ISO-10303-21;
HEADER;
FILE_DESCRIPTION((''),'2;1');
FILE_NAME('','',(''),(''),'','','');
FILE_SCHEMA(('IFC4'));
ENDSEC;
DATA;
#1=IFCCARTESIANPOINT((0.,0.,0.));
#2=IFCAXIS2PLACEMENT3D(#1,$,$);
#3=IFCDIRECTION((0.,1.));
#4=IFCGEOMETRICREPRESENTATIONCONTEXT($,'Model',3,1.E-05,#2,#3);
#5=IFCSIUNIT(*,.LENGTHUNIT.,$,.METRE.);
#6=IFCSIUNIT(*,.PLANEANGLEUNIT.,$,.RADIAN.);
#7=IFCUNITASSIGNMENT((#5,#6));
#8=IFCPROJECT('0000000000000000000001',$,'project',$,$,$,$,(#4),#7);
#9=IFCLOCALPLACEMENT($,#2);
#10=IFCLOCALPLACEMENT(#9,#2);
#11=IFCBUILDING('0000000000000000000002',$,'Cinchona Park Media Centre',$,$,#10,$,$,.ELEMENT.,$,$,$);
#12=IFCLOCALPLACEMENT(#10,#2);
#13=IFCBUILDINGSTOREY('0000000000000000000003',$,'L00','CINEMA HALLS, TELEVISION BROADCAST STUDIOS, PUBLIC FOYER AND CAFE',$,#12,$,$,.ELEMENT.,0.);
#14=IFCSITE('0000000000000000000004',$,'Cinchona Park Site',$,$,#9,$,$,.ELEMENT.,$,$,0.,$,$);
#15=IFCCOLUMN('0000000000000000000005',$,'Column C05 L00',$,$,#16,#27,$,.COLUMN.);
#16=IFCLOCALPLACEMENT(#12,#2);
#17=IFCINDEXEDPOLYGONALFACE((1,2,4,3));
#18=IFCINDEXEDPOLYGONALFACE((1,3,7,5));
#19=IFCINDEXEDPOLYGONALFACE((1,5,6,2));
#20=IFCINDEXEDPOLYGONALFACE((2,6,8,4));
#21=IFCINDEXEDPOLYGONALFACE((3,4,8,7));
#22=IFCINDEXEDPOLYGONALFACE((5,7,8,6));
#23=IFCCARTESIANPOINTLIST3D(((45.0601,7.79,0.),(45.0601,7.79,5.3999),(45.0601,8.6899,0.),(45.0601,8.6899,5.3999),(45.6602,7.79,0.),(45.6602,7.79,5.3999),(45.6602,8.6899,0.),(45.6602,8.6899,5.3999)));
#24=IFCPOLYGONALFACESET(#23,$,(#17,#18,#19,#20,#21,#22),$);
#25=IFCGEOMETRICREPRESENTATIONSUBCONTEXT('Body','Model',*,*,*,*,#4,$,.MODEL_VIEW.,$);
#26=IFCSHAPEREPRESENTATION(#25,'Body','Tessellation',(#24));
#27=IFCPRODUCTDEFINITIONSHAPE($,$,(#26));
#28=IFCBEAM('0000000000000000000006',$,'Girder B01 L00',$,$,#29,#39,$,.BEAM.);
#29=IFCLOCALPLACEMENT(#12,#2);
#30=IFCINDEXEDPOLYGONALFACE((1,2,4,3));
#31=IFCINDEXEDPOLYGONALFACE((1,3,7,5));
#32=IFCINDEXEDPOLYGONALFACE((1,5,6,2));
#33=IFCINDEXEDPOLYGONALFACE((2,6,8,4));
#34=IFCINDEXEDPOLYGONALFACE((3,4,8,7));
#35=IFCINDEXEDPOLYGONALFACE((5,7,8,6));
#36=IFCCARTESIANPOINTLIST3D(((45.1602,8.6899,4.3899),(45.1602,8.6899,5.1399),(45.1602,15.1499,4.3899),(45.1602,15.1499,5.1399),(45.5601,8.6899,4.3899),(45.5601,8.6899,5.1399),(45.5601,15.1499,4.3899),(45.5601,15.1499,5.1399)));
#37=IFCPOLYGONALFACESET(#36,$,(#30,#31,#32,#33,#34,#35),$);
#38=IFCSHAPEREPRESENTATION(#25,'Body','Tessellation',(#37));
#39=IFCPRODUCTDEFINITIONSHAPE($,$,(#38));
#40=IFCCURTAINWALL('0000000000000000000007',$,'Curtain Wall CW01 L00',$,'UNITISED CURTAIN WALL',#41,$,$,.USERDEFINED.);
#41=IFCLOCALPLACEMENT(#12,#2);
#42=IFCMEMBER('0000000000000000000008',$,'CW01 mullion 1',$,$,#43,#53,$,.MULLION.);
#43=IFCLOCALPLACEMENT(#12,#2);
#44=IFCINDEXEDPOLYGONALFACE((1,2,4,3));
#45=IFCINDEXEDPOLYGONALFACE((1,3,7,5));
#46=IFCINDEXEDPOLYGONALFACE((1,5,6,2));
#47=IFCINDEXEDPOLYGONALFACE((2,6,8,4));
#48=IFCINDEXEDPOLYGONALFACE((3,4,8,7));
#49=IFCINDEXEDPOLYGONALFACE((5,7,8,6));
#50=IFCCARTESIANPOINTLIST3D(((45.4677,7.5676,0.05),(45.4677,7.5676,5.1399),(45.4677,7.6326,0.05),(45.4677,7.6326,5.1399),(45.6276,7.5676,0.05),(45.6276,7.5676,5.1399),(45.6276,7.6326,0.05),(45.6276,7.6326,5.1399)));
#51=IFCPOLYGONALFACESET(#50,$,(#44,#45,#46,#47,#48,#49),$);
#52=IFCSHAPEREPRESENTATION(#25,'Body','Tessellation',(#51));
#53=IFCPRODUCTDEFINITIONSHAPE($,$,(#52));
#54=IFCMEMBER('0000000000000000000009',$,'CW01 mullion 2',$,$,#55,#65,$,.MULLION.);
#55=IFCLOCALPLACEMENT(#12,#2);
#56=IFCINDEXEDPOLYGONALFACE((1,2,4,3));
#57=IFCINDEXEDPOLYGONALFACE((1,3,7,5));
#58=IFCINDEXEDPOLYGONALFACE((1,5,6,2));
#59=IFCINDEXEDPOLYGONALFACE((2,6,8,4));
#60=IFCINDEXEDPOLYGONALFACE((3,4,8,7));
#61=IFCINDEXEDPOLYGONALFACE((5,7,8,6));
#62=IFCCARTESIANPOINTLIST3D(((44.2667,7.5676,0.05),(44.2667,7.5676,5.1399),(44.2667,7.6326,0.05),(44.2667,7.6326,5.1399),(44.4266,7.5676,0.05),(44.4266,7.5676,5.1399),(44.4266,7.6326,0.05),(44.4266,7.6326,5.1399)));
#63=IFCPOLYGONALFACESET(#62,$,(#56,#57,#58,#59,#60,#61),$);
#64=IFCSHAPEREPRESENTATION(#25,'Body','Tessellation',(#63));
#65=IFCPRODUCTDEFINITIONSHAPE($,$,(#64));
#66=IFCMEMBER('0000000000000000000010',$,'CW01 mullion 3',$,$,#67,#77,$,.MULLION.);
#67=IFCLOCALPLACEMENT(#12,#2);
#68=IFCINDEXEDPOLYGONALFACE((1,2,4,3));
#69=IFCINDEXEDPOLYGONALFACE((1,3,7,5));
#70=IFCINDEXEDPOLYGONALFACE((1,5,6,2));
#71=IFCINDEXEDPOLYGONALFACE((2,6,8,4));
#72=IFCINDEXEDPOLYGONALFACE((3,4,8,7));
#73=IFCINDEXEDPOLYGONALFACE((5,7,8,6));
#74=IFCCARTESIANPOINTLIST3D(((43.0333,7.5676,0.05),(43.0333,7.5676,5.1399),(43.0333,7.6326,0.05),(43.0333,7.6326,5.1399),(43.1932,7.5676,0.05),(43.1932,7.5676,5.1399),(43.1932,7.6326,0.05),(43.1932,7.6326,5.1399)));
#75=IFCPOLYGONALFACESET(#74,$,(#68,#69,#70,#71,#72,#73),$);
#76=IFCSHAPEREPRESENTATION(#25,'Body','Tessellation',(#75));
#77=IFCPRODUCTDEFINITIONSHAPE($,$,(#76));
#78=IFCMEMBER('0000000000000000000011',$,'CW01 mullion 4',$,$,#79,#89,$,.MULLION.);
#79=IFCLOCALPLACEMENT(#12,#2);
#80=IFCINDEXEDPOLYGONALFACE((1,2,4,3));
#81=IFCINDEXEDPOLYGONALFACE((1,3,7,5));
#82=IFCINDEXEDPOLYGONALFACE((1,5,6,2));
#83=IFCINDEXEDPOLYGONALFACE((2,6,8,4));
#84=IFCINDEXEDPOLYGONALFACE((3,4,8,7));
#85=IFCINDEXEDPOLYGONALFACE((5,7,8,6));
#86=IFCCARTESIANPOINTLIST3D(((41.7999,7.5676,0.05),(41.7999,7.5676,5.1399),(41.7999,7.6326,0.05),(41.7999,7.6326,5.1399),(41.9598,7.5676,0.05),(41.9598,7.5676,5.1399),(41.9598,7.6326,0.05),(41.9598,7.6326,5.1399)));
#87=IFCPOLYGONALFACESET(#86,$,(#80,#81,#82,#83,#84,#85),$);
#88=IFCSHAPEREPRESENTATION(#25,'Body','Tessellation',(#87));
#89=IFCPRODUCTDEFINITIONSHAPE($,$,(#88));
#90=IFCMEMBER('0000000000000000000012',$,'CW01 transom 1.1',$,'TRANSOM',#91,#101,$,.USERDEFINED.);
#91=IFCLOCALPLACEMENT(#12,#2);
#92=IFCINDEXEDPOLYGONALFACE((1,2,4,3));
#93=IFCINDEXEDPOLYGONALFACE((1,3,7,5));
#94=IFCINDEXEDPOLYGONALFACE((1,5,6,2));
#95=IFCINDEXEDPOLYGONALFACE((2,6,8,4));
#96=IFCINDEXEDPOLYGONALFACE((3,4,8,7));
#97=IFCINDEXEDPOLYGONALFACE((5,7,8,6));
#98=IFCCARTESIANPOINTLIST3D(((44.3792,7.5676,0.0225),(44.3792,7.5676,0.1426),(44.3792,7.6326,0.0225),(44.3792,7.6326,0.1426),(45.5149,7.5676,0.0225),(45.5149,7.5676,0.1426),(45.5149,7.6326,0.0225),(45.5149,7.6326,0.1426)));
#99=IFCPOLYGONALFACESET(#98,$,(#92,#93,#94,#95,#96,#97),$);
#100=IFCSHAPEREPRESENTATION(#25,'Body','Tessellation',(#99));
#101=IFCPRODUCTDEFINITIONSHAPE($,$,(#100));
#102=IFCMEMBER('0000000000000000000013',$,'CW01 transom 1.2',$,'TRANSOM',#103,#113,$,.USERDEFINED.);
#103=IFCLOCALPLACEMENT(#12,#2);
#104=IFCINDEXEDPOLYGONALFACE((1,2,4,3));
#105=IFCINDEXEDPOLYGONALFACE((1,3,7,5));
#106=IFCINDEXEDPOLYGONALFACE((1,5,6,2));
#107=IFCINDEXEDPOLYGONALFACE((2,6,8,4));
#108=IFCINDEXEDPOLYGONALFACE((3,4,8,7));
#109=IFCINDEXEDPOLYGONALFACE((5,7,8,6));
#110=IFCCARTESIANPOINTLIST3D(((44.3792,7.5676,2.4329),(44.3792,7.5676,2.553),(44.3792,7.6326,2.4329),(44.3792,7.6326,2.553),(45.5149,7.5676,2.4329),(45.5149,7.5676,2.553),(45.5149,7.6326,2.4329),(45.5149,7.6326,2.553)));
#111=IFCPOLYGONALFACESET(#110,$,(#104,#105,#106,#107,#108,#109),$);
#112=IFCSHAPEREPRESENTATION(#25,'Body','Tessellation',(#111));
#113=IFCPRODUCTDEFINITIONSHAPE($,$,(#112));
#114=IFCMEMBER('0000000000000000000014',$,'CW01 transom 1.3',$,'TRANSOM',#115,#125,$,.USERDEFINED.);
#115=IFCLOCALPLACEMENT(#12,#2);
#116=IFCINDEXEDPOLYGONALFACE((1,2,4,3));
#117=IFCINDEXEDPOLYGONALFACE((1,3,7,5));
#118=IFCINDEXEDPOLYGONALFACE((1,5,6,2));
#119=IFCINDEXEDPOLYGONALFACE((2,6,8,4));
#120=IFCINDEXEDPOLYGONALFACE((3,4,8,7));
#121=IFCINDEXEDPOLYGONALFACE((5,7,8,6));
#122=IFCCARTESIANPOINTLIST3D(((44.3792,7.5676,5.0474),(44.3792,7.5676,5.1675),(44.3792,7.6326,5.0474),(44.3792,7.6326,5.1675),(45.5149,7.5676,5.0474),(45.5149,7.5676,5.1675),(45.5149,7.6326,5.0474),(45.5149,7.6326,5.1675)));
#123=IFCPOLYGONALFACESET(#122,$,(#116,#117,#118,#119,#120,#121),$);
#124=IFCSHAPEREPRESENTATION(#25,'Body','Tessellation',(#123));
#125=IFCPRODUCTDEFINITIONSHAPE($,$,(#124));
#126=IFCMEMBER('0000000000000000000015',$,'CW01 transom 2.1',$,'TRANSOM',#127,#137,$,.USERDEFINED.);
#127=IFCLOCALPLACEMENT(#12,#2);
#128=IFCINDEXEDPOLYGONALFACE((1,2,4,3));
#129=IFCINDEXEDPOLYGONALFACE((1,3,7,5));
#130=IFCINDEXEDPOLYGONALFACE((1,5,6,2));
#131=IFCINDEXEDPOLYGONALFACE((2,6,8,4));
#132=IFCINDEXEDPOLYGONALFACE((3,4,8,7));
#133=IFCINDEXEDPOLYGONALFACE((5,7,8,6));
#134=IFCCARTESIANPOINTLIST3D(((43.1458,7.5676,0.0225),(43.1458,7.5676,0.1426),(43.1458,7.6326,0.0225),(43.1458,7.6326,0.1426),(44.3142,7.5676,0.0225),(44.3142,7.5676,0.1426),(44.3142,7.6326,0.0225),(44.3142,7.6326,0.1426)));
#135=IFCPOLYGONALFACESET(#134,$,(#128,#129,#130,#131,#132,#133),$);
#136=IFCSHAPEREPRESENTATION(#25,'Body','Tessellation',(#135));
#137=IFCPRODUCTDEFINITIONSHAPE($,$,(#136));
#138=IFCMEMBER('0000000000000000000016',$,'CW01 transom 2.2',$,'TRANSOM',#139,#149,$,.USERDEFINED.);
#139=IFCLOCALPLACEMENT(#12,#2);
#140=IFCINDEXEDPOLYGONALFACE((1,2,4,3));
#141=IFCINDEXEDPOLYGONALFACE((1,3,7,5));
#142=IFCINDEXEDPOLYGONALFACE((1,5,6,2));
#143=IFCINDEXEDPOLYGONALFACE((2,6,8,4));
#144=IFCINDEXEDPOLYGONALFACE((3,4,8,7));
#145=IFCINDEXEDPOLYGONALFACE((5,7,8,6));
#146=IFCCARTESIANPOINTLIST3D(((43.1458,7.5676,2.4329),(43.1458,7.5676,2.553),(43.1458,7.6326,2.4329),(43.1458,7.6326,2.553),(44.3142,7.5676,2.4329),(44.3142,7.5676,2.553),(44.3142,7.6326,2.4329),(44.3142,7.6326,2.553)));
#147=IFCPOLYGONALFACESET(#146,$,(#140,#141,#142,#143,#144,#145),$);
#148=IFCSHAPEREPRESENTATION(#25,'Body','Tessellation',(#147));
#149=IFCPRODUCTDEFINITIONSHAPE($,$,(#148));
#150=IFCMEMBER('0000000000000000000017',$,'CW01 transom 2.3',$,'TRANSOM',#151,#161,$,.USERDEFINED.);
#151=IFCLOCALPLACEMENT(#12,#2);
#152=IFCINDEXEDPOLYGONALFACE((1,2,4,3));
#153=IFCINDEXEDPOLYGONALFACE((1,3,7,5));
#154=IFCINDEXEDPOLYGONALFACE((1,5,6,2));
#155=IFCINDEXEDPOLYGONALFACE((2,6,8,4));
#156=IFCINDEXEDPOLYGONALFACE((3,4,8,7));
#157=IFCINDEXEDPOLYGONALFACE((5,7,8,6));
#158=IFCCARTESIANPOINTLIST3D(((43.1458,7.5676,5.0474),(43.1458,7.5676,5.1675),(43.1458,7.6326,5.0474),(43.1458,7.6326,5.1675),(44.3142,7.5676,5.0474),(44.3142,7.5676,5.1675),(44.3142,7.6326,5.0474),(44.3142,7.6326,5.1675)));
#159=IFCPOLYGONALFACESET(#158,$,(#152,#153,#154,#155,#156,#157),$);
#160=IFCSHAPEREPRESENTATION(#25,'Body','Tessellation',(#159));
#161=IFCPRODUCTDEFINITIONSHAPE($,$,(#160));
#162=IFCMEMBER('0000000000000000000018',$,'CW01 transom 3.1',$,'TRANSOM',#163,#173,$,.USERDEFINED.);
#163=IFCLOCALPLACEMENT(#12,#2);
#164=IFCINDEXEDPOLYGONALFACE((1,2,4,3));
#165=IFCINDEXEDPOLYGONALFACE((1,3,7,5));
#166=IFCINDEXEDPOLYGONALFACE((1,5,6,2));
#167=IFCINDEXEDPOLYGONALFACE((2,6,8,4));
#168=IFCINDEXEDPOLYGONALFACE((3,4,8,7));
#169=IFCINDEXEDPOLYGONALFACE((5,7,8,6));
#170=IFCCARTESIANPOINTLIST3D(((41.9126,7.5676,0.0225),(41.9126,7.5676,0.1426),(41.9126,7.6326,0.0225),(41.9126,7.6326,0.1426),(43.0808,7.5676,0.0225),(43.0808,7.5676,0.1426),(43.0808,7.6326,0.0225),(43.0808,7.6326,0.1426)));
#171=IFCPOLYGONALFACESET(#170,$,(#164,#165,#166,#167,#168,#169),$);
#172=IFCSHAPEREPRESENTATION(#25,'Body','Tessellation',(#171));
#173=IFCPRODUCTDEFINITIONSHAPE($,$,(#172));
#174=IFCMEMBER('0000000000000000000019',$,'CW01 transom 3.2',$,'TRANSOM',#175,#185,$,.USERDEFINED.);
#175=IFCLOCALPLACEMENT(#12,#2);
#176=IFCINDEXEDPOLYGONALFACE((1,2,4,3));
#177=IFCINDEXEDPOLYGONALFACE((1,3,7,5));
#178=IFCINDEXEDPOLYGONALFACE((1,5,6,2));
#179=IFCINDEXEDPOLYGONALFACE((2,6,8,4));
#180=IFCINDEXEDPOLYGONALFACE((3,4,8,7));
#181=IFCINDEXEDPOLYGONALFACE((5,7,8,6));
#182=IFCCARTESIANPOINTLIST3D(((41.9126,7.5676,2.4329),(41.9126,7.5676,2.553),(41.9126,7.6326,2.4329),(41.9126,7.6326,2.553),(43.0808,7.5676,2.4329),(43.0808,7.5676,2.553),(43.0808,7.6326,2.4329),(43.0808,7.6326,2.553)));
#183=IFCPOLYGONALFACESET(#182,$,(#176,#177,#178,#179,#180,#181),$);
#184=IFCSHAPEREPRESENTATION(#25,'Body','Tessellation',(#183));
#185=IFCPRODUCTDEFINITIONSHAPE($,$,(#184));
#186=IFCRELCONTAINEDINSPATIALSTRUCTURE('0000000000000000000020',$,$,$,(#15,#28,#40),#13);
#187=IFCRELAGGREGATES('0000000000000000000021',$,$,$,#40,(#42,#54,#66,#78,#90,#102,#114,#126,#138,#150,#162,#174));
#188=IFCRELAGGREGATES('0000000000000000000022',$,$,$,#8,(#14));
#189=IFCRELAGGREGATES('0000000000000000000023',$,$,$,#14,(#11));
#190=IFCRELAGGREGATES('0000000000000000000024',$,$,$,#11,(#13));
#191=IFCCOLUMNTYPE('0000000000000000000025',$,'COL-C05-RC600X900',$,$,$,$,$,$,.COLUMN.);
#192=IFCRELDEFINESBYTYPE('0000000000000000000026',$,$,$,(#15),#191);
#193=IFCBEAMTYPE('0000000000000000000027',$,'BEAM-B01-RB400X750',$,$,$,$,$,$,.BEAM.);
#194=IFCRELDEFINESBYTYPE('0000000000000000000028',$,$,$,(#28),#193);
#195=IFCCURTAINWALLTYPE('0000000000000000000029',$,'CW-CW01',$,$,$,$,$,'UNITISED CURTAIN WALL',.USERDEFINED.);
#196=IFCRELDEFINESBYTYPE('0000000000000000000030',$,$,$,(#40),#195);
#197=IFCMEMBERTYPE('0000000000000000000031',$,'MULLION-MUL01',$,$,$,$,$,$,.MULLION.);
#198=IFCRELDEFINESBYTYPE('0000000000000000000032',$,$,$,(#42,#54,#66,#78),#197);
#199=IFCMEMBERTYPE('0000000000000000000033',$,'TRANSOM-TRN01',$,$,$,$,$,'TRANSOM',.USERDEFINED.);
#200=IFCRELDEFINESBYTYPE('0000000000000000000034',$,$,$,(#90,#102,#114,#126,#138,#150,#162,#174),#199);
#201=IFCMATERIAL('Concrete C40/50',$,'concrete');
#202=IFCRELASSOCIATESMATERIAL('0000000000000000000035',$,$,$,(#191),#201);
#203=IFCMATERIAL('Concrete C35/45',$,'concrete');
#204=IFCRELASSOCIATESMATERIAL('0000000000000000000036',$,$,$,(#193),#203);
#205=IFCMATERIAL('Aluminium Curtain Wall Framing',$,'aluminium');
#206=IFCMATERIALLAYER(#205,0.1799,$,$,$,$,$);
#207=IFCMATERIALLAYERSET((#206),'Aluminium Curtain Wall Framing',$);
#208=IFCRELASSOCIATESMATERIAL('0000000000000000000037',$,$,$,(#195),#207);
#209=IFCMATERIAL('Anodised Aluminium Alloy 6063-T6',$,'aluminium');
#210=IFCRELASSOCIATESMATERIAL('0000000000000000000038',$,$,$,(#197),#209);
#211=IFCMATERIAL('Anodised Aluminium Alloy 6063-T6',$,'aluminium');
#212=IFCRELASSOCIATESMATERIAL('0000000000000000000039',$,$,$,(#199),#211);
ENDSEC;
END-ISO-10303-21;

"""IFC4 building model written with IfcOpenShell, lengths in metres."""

from ifc_helpers import new_model, si_unit, direction, frame, origin, origin_2d, place, context, subcontext, project, spatial, rectangle, extrude, material, layer, layer_set, material_profile, profile_set, type_object, element, aggregate, save


model = new_model("IFC4")

# Units and contexts
model_context = context("Model", 3, precision=1e-05, world=origin(), true_north=direction((0.0, 1.0)))
body_context = subcontext(model_context, "Body", "Model", "MODEL_VIEW")
ifc_project = project(units=[si_unit("LENGTHUNIT", "METRE"), si_unit("PLANEANGLEUNIT", "RADIAN")], contexts=[model_context])

# Site, building, storey
site_placement = place(None, origin())
site = spatial("IfcSite", under=ifc_project, at=site_placement, Name="Cinchona Park Site", CompositionType="ELEMENT", RefElevation=0.0)
building_placement = place(site_placement, origin())
building = spatial("IfcBuilding", under=site, at=building_placement, Name="Cinchona Park Media Centre", CompositionType="ELEMENT")
storey_placement = place(building_placement, origin())
storey = spatial("IfcBuildingStorey", under=building, at=storey_placement, Name="L00", Description="CINEMA HALLS, TELEVISION BROADCAST STUDIOS, PUBLIC FOYER AND CAFE", CompositionType="ELEMENT", Elevation=0.0)

# Column
ifc_material_1 = material(Name="Concrete C40/50", Category="concrete")
ifc_material_profile_1 = material_profile(ifc_material_1, rectangle(XDim=0.6001, YDim=0.8999, at=origin_2d()), Name="RC 600X900")
ifc_profile_set_1 = profile_set([ifc_material_profile_1], Name="Concrete C40/50")
column_type = type_object("IfcColumnType", Name="COL-C05-RC600X900", PredefinedType="COLUMN", material=ifc_profile_set_1)
column_placement = place(storey_placement, frame((45.3601, 8.24, 0.0), z_axis=(0.0, 0.0, 1.0), x_axis=(1.0, 0.0, 0.0)))
element("IfcColumn", 1, at=column_placement, inside=storey, type_object=column_type, Name="Column C05 L00", PredefinedType="COLUMN", context=body_context, shape_type="SweptSolid", body=[
    extrude(rectangle(XDim=0.6001, YDim=0.8999, at=origin_2d()), origin(), (0.0, 0.0, 1.0), 5.3999),
])

# Beam
ifc_material_2 = material(Name="Concrete C35/45", Category="concrete")
ifc_material_profile_2 = material_profile(ifc_material_2, rectangle(XDim=0.3999, YDim=0.75, at=origin_2d()), Name="RB 400X750")
ifc_profile_set_2 = profile_set([ifc_material_profile_2], Name="Concrete C35/45")
beam_type = type_object("IfcBeamType", Name="BEAM-B01-RB400X750", PredefinedType="BEAM", material=ifc_profile_set_2)
beam_placement = place(storey_placement, frame((45.3601, 8.6899, 4.7649), z_axis=(0.0, 1.0, 0.0), x_axis=(-1.0, 0.0, 0.0)))
element("IfcBeam", 2, at=beam_placement, inside=storey, type_object=beam_type, Name="Girder B01 L00", PredefinedType="BEAM", context=body_context, shape_type="SweptSolid", body=[
    extrude(rectangle(XDim=0.3999, YDim=0.75, at=origin_2d()), origin(), (0.0, 0.0, 1.0), 6.46),
])

# Curtain wall, members
ifc_material_3 = material(Name="Aluminium Curtain Wall Framing", Category="aluminium")
ifc_layer_1 = layer(ifc_material_3, 0.1799)
ifc_layer_set_1 = layer_set([ifc_layer_1], Name="Aluminium Curtain Wall Framing")
curtain_wall_type = type_object("IfcCurtainWallType", Name="CW-CW01", ElementType="UNITISED CURTAIN WALL", PredefinedType="USERDEFINED", material=ifc_layer_set_1)
curtain_wall_placement = place(storey_placement, origin())
curtain_wall = element("IfcCurtainWall", 3, at=curtain_wall_placement, inside=storey, type_object=curtain_wall_type, Name="Curtain Wall CW01 L00", ObjectType="UNITISED CURTAIN WALL", PredefinedType="USERDEFINED")
ifc_material_4 = material(Name="Anodised Aluminium Alloy 6063-T6", Category="aluminium")
ifc_material_profile_3 = material_profile(ifc_material_4, rectangle(XDim=0.0649, YDim=0.1599, at=origin_2d()), Name="MUL-65X160")
ifc_profile_set_3 = profile_set([ifc_material_profile_3], Name="Anodised Aluminium Alloy 6063-T6")
member_type_1 = type_object("IfcMemberType", Name="MULLION-MUL01", PredefinedType="MULLION", material=ifc_profile_set_3)
member_1_placement = place(storey_placement, frame((45.5476, 7.6001, 0.05), z_axis=(0.0, 0.0, 1.0), x_axis=(0.0, -1.0, 0.0)))
member_1 = element("IfcMember", 4, at=member_1_placement, type_object=member_type_1, Name="CW01 mullion 1", PredefinedType="MULLION", context=body_context, shape_type="SweptSolid", body=[
    extrude(rectangle(XDim=0.0649, YDim=0.1599, at=origin_2d()), origin(), (0.0, 0.0, 1.0), 5.0898),
])
member_2_placement = place(storey_placement, frame((44.3467, 7.6001, 0.05), z_axis=(0.0, 0.0, 1.0), x_axis=(0.0, -1.0, 0.0)))
member_2 = element("IfcMember", 5, at=member_2_placement, type_object=member_type_1, Name="CW01 mullion 2", PredefinedType="MULLION", context=body_context, shape_type="SweptSolid", body=[
    extrude(rectangle(XDim=0.0649, YDim=0.1599, at=origin_2d()), origin(), (0.0, 0.0, 1.0), 5.0898),
])
member_3_placement = place(storey_placement, frame((43.1133, 7.6001, 0.05), z_axis=(0.0, 0.0, 1.0), x_axis=(0.0, -1.0, 0.0)))
member_3 = element("IfcMember", 6, at=member_3_placement, type_object=member_type_1, Name="CW01 mullion 3", PredefinedType="MULLION", context=body_context, shape_type="SweptSolid", body=[
    extrude(rectangle(XDim=0.0649, YDim=0.1599, at=origin_2d()), origin(), (0.0, 0.0, 1.0), 5.0898),
])
member_4_placement = place(storey_placement, frame((41.8799, 7.6001, 0.05), z_axis=(0.0, 0.0, 1.0), x_axis=(0.0, -1.0, 0.0)))
member_4 = element("IfcMember", 7, at=member_4_placement, type_object=member_type_1, Name="CW01 mullion 4", PredefinedType="MULLION", context=body_context, shape_type="SweptSolid", body=[
    extrude(rectangle(XDim=0.0649, YDim=0.1599, at=origin_2d()), origin(), (0.0, 0.0, 1.0), 5.0898),
])
ifc_material_5 = material(Name="Anodised Aluminium Alloy 6063-T6", Category="aluminium")
ifc_material_profile_4 = material_profile(ifc_material_5, rectangle(XDim=0.0649, YDim=0.1201, at=origin_2d()), Name="TRN-65X120")
ifc_profile_set_4 = profile_set([ifc_material_profile_4], Name="Anodised Aluminium Alloy 6063-T6")
member_type_2 = type_object("IfcMemberType", Name="TRANSOM-TRN01", ElementType="TRANSOM", PredefinedType="USERDEFINED", material=ifc_profile_set_4)
member_5_placement = place(storey_placement, frame((45.5149, 7.6001, 0.0825), z_axis=(-1.0, 0.0, 0.0), x_axis=(0.0, -1.0, 0.0)))
member_5 = element("IfcMember", 8, at=member_5_placement, type_object=member_type_2, Name="CW01 transom 1.1", ObjectType="TRANSOM", PredefinedType="USERDEFINED", context=body_context, shape_type="SweptSolid", body=[
    extrude(rectangle(XDim=0.0649, YDim=0.1201, at=origin_2d()), origin(), (0.0, 0.0, 1.0), 1.1357),
])
member_6_placement = place(storey_placement, frame((45.5149, 7.6001, 2.4929), z_axis=(-1.0, 0.0, 0.0), x_axis=(0.0, -1.0, 0.0)))
member_6 = element("IfcMember", 9, at=member_6_placement, type_object=member_type_2, Name="CW01 transom 1.2", ObjectType="TRANSOM", PredefinedType="USERDEFINED", context=body_context, shape_type="SweptSolid", body=[
    extrude(rectangle(XDim=0.0649, YDim=0.1201, at=origin_2d()), origin(), (0.0, 0.0, 1.0), 1.1357),
])
member_7_placement = place(storey_placement, frame((45.5149, 7.6001, 5.1074), z_axis=(-1.0, 0.0, 0.0), x_axis=(0.0, -1.0, 0.0)))
member_7 = element("IfcMember", 10, at=member_7_placement, type_object=member_type_2, Name="CW01 transom 1.3", ObjectType="TRANSOM", PredefinedType="USERDEFINED", context=body_context, shape_type="SweptSolid", body=[
    extrude(rectangle(XDim=0.0649, YDim=0.1201, at=origin_2d()), origin(), (0.0, 0.0, 1.0), 1.1357),
])
member_8_placement = place(storey_placement, frame((44.3142, 7.6001, 0.0825), z_axis=(-1.0, 0.0, 0.0), x_axis=(0.0, -1.0, 0.0)))
member_8 = element("IfcMember", 11, at=member_8_placement, type_object=member_type_2, Name="CW01 transom 2.1", ObjectType="TRANSOM", PredefinedType="USERDEFINED", context=body_context, shape_type="SweptSolid", body=[
    extrude(rectangle(XDim=0.0649, YDim=0.1201, at=origin_2d()), origin(), (0.0, 0.0, 1.0), 1.1685),
])
member_9_placement = place(storey_placement, frame((44.3142, 7.6001, 2.4929), z_axis=(-1.0, 0.0, 0.0), x_axis=(0.0, -1.0, 0.0)))
member_9 = element("IfcMember", 12, at=member_9_placement, type_object=member_type_2, Name="CW01 transom 2.2", ObjectType="TRANSOM", PredefinedType="USERDEFINED", context=body_context, shape_type="SweptSolid", body=[
    extrude(rectangle(XDim=0.0649, YDim=0.1201, at=origin_2d()), origin(), (0.0, 0.0, 1.0), 1.1685),
])
member_10_placement = place(storey_placement, frame((44.3142, 7.6001, 5.1074), z_axis=(-1.0, 0.0, 0.0), x_axis=(0.0, -1.0, 0.0)))
member_10 = element("IfcMember", 13, at=member_10_placement, type_object=member_type_2, Name="CW01 transom 2.3", ObjectType="TRANSOM", PredefinedType="USERDEFINED", context=body_context, shape_type="SweptSolid", body=[
    extrude(rectangle(XDim=0.0649, YDim=0.1201, at=origin_2d()), origin(), (0.0, 0.0, 1.0), 1.1685),
])
member_11_placement = place(storey_placement, frame((43.0808, 7.6001, 0.0825), z_axis=(-1.0, 0.0, 0.0), x_axis=(0.0, -1.0, 0.0)))
member_11 = element("IfcMember", 14, at=member_11_placement, type_object=member_type_2, Name="CW01 transom 3.1", ObjectType="TRANSOM", PredefinedType="USERDEFINED", context=body_context, shape_type="SweptSolid", body=[
    extrude(rectangle(XDim=0.0649, YDim=0.1201, at=origin_2d()), origin(), (0.0, 0.0, 1.0), 1.1682),
])
member_12_placement = place(storey_placement, frame((43.0808, 7.6001, 2.4929), z_axis=(-1.0, 0.0, 0.0), x_axis=(0.0, -1.0, 0.0)))
member_12 = element("IfcMember", 15, at=member_12_placement, type_object=member_type_2, Name="CW01 transom 3.2", ObjectType="TRANSOM", PredefinedType="USERDEFINED", context=body_context, shape_type="SweptSolid", body=[
    extrude(rectangle(XDim=0.0649, YDim=0.1201, at=origin_2d()), origin(), (0.0, 0.0, 1.0), 1.1682),
])
aggregate(curtain_wall, [member_1, member_2, member_3, member_4, member_5, member_6, member_7, member_8, member_9, member_10, member_11, member_12])

save(model, "model.ifc")
